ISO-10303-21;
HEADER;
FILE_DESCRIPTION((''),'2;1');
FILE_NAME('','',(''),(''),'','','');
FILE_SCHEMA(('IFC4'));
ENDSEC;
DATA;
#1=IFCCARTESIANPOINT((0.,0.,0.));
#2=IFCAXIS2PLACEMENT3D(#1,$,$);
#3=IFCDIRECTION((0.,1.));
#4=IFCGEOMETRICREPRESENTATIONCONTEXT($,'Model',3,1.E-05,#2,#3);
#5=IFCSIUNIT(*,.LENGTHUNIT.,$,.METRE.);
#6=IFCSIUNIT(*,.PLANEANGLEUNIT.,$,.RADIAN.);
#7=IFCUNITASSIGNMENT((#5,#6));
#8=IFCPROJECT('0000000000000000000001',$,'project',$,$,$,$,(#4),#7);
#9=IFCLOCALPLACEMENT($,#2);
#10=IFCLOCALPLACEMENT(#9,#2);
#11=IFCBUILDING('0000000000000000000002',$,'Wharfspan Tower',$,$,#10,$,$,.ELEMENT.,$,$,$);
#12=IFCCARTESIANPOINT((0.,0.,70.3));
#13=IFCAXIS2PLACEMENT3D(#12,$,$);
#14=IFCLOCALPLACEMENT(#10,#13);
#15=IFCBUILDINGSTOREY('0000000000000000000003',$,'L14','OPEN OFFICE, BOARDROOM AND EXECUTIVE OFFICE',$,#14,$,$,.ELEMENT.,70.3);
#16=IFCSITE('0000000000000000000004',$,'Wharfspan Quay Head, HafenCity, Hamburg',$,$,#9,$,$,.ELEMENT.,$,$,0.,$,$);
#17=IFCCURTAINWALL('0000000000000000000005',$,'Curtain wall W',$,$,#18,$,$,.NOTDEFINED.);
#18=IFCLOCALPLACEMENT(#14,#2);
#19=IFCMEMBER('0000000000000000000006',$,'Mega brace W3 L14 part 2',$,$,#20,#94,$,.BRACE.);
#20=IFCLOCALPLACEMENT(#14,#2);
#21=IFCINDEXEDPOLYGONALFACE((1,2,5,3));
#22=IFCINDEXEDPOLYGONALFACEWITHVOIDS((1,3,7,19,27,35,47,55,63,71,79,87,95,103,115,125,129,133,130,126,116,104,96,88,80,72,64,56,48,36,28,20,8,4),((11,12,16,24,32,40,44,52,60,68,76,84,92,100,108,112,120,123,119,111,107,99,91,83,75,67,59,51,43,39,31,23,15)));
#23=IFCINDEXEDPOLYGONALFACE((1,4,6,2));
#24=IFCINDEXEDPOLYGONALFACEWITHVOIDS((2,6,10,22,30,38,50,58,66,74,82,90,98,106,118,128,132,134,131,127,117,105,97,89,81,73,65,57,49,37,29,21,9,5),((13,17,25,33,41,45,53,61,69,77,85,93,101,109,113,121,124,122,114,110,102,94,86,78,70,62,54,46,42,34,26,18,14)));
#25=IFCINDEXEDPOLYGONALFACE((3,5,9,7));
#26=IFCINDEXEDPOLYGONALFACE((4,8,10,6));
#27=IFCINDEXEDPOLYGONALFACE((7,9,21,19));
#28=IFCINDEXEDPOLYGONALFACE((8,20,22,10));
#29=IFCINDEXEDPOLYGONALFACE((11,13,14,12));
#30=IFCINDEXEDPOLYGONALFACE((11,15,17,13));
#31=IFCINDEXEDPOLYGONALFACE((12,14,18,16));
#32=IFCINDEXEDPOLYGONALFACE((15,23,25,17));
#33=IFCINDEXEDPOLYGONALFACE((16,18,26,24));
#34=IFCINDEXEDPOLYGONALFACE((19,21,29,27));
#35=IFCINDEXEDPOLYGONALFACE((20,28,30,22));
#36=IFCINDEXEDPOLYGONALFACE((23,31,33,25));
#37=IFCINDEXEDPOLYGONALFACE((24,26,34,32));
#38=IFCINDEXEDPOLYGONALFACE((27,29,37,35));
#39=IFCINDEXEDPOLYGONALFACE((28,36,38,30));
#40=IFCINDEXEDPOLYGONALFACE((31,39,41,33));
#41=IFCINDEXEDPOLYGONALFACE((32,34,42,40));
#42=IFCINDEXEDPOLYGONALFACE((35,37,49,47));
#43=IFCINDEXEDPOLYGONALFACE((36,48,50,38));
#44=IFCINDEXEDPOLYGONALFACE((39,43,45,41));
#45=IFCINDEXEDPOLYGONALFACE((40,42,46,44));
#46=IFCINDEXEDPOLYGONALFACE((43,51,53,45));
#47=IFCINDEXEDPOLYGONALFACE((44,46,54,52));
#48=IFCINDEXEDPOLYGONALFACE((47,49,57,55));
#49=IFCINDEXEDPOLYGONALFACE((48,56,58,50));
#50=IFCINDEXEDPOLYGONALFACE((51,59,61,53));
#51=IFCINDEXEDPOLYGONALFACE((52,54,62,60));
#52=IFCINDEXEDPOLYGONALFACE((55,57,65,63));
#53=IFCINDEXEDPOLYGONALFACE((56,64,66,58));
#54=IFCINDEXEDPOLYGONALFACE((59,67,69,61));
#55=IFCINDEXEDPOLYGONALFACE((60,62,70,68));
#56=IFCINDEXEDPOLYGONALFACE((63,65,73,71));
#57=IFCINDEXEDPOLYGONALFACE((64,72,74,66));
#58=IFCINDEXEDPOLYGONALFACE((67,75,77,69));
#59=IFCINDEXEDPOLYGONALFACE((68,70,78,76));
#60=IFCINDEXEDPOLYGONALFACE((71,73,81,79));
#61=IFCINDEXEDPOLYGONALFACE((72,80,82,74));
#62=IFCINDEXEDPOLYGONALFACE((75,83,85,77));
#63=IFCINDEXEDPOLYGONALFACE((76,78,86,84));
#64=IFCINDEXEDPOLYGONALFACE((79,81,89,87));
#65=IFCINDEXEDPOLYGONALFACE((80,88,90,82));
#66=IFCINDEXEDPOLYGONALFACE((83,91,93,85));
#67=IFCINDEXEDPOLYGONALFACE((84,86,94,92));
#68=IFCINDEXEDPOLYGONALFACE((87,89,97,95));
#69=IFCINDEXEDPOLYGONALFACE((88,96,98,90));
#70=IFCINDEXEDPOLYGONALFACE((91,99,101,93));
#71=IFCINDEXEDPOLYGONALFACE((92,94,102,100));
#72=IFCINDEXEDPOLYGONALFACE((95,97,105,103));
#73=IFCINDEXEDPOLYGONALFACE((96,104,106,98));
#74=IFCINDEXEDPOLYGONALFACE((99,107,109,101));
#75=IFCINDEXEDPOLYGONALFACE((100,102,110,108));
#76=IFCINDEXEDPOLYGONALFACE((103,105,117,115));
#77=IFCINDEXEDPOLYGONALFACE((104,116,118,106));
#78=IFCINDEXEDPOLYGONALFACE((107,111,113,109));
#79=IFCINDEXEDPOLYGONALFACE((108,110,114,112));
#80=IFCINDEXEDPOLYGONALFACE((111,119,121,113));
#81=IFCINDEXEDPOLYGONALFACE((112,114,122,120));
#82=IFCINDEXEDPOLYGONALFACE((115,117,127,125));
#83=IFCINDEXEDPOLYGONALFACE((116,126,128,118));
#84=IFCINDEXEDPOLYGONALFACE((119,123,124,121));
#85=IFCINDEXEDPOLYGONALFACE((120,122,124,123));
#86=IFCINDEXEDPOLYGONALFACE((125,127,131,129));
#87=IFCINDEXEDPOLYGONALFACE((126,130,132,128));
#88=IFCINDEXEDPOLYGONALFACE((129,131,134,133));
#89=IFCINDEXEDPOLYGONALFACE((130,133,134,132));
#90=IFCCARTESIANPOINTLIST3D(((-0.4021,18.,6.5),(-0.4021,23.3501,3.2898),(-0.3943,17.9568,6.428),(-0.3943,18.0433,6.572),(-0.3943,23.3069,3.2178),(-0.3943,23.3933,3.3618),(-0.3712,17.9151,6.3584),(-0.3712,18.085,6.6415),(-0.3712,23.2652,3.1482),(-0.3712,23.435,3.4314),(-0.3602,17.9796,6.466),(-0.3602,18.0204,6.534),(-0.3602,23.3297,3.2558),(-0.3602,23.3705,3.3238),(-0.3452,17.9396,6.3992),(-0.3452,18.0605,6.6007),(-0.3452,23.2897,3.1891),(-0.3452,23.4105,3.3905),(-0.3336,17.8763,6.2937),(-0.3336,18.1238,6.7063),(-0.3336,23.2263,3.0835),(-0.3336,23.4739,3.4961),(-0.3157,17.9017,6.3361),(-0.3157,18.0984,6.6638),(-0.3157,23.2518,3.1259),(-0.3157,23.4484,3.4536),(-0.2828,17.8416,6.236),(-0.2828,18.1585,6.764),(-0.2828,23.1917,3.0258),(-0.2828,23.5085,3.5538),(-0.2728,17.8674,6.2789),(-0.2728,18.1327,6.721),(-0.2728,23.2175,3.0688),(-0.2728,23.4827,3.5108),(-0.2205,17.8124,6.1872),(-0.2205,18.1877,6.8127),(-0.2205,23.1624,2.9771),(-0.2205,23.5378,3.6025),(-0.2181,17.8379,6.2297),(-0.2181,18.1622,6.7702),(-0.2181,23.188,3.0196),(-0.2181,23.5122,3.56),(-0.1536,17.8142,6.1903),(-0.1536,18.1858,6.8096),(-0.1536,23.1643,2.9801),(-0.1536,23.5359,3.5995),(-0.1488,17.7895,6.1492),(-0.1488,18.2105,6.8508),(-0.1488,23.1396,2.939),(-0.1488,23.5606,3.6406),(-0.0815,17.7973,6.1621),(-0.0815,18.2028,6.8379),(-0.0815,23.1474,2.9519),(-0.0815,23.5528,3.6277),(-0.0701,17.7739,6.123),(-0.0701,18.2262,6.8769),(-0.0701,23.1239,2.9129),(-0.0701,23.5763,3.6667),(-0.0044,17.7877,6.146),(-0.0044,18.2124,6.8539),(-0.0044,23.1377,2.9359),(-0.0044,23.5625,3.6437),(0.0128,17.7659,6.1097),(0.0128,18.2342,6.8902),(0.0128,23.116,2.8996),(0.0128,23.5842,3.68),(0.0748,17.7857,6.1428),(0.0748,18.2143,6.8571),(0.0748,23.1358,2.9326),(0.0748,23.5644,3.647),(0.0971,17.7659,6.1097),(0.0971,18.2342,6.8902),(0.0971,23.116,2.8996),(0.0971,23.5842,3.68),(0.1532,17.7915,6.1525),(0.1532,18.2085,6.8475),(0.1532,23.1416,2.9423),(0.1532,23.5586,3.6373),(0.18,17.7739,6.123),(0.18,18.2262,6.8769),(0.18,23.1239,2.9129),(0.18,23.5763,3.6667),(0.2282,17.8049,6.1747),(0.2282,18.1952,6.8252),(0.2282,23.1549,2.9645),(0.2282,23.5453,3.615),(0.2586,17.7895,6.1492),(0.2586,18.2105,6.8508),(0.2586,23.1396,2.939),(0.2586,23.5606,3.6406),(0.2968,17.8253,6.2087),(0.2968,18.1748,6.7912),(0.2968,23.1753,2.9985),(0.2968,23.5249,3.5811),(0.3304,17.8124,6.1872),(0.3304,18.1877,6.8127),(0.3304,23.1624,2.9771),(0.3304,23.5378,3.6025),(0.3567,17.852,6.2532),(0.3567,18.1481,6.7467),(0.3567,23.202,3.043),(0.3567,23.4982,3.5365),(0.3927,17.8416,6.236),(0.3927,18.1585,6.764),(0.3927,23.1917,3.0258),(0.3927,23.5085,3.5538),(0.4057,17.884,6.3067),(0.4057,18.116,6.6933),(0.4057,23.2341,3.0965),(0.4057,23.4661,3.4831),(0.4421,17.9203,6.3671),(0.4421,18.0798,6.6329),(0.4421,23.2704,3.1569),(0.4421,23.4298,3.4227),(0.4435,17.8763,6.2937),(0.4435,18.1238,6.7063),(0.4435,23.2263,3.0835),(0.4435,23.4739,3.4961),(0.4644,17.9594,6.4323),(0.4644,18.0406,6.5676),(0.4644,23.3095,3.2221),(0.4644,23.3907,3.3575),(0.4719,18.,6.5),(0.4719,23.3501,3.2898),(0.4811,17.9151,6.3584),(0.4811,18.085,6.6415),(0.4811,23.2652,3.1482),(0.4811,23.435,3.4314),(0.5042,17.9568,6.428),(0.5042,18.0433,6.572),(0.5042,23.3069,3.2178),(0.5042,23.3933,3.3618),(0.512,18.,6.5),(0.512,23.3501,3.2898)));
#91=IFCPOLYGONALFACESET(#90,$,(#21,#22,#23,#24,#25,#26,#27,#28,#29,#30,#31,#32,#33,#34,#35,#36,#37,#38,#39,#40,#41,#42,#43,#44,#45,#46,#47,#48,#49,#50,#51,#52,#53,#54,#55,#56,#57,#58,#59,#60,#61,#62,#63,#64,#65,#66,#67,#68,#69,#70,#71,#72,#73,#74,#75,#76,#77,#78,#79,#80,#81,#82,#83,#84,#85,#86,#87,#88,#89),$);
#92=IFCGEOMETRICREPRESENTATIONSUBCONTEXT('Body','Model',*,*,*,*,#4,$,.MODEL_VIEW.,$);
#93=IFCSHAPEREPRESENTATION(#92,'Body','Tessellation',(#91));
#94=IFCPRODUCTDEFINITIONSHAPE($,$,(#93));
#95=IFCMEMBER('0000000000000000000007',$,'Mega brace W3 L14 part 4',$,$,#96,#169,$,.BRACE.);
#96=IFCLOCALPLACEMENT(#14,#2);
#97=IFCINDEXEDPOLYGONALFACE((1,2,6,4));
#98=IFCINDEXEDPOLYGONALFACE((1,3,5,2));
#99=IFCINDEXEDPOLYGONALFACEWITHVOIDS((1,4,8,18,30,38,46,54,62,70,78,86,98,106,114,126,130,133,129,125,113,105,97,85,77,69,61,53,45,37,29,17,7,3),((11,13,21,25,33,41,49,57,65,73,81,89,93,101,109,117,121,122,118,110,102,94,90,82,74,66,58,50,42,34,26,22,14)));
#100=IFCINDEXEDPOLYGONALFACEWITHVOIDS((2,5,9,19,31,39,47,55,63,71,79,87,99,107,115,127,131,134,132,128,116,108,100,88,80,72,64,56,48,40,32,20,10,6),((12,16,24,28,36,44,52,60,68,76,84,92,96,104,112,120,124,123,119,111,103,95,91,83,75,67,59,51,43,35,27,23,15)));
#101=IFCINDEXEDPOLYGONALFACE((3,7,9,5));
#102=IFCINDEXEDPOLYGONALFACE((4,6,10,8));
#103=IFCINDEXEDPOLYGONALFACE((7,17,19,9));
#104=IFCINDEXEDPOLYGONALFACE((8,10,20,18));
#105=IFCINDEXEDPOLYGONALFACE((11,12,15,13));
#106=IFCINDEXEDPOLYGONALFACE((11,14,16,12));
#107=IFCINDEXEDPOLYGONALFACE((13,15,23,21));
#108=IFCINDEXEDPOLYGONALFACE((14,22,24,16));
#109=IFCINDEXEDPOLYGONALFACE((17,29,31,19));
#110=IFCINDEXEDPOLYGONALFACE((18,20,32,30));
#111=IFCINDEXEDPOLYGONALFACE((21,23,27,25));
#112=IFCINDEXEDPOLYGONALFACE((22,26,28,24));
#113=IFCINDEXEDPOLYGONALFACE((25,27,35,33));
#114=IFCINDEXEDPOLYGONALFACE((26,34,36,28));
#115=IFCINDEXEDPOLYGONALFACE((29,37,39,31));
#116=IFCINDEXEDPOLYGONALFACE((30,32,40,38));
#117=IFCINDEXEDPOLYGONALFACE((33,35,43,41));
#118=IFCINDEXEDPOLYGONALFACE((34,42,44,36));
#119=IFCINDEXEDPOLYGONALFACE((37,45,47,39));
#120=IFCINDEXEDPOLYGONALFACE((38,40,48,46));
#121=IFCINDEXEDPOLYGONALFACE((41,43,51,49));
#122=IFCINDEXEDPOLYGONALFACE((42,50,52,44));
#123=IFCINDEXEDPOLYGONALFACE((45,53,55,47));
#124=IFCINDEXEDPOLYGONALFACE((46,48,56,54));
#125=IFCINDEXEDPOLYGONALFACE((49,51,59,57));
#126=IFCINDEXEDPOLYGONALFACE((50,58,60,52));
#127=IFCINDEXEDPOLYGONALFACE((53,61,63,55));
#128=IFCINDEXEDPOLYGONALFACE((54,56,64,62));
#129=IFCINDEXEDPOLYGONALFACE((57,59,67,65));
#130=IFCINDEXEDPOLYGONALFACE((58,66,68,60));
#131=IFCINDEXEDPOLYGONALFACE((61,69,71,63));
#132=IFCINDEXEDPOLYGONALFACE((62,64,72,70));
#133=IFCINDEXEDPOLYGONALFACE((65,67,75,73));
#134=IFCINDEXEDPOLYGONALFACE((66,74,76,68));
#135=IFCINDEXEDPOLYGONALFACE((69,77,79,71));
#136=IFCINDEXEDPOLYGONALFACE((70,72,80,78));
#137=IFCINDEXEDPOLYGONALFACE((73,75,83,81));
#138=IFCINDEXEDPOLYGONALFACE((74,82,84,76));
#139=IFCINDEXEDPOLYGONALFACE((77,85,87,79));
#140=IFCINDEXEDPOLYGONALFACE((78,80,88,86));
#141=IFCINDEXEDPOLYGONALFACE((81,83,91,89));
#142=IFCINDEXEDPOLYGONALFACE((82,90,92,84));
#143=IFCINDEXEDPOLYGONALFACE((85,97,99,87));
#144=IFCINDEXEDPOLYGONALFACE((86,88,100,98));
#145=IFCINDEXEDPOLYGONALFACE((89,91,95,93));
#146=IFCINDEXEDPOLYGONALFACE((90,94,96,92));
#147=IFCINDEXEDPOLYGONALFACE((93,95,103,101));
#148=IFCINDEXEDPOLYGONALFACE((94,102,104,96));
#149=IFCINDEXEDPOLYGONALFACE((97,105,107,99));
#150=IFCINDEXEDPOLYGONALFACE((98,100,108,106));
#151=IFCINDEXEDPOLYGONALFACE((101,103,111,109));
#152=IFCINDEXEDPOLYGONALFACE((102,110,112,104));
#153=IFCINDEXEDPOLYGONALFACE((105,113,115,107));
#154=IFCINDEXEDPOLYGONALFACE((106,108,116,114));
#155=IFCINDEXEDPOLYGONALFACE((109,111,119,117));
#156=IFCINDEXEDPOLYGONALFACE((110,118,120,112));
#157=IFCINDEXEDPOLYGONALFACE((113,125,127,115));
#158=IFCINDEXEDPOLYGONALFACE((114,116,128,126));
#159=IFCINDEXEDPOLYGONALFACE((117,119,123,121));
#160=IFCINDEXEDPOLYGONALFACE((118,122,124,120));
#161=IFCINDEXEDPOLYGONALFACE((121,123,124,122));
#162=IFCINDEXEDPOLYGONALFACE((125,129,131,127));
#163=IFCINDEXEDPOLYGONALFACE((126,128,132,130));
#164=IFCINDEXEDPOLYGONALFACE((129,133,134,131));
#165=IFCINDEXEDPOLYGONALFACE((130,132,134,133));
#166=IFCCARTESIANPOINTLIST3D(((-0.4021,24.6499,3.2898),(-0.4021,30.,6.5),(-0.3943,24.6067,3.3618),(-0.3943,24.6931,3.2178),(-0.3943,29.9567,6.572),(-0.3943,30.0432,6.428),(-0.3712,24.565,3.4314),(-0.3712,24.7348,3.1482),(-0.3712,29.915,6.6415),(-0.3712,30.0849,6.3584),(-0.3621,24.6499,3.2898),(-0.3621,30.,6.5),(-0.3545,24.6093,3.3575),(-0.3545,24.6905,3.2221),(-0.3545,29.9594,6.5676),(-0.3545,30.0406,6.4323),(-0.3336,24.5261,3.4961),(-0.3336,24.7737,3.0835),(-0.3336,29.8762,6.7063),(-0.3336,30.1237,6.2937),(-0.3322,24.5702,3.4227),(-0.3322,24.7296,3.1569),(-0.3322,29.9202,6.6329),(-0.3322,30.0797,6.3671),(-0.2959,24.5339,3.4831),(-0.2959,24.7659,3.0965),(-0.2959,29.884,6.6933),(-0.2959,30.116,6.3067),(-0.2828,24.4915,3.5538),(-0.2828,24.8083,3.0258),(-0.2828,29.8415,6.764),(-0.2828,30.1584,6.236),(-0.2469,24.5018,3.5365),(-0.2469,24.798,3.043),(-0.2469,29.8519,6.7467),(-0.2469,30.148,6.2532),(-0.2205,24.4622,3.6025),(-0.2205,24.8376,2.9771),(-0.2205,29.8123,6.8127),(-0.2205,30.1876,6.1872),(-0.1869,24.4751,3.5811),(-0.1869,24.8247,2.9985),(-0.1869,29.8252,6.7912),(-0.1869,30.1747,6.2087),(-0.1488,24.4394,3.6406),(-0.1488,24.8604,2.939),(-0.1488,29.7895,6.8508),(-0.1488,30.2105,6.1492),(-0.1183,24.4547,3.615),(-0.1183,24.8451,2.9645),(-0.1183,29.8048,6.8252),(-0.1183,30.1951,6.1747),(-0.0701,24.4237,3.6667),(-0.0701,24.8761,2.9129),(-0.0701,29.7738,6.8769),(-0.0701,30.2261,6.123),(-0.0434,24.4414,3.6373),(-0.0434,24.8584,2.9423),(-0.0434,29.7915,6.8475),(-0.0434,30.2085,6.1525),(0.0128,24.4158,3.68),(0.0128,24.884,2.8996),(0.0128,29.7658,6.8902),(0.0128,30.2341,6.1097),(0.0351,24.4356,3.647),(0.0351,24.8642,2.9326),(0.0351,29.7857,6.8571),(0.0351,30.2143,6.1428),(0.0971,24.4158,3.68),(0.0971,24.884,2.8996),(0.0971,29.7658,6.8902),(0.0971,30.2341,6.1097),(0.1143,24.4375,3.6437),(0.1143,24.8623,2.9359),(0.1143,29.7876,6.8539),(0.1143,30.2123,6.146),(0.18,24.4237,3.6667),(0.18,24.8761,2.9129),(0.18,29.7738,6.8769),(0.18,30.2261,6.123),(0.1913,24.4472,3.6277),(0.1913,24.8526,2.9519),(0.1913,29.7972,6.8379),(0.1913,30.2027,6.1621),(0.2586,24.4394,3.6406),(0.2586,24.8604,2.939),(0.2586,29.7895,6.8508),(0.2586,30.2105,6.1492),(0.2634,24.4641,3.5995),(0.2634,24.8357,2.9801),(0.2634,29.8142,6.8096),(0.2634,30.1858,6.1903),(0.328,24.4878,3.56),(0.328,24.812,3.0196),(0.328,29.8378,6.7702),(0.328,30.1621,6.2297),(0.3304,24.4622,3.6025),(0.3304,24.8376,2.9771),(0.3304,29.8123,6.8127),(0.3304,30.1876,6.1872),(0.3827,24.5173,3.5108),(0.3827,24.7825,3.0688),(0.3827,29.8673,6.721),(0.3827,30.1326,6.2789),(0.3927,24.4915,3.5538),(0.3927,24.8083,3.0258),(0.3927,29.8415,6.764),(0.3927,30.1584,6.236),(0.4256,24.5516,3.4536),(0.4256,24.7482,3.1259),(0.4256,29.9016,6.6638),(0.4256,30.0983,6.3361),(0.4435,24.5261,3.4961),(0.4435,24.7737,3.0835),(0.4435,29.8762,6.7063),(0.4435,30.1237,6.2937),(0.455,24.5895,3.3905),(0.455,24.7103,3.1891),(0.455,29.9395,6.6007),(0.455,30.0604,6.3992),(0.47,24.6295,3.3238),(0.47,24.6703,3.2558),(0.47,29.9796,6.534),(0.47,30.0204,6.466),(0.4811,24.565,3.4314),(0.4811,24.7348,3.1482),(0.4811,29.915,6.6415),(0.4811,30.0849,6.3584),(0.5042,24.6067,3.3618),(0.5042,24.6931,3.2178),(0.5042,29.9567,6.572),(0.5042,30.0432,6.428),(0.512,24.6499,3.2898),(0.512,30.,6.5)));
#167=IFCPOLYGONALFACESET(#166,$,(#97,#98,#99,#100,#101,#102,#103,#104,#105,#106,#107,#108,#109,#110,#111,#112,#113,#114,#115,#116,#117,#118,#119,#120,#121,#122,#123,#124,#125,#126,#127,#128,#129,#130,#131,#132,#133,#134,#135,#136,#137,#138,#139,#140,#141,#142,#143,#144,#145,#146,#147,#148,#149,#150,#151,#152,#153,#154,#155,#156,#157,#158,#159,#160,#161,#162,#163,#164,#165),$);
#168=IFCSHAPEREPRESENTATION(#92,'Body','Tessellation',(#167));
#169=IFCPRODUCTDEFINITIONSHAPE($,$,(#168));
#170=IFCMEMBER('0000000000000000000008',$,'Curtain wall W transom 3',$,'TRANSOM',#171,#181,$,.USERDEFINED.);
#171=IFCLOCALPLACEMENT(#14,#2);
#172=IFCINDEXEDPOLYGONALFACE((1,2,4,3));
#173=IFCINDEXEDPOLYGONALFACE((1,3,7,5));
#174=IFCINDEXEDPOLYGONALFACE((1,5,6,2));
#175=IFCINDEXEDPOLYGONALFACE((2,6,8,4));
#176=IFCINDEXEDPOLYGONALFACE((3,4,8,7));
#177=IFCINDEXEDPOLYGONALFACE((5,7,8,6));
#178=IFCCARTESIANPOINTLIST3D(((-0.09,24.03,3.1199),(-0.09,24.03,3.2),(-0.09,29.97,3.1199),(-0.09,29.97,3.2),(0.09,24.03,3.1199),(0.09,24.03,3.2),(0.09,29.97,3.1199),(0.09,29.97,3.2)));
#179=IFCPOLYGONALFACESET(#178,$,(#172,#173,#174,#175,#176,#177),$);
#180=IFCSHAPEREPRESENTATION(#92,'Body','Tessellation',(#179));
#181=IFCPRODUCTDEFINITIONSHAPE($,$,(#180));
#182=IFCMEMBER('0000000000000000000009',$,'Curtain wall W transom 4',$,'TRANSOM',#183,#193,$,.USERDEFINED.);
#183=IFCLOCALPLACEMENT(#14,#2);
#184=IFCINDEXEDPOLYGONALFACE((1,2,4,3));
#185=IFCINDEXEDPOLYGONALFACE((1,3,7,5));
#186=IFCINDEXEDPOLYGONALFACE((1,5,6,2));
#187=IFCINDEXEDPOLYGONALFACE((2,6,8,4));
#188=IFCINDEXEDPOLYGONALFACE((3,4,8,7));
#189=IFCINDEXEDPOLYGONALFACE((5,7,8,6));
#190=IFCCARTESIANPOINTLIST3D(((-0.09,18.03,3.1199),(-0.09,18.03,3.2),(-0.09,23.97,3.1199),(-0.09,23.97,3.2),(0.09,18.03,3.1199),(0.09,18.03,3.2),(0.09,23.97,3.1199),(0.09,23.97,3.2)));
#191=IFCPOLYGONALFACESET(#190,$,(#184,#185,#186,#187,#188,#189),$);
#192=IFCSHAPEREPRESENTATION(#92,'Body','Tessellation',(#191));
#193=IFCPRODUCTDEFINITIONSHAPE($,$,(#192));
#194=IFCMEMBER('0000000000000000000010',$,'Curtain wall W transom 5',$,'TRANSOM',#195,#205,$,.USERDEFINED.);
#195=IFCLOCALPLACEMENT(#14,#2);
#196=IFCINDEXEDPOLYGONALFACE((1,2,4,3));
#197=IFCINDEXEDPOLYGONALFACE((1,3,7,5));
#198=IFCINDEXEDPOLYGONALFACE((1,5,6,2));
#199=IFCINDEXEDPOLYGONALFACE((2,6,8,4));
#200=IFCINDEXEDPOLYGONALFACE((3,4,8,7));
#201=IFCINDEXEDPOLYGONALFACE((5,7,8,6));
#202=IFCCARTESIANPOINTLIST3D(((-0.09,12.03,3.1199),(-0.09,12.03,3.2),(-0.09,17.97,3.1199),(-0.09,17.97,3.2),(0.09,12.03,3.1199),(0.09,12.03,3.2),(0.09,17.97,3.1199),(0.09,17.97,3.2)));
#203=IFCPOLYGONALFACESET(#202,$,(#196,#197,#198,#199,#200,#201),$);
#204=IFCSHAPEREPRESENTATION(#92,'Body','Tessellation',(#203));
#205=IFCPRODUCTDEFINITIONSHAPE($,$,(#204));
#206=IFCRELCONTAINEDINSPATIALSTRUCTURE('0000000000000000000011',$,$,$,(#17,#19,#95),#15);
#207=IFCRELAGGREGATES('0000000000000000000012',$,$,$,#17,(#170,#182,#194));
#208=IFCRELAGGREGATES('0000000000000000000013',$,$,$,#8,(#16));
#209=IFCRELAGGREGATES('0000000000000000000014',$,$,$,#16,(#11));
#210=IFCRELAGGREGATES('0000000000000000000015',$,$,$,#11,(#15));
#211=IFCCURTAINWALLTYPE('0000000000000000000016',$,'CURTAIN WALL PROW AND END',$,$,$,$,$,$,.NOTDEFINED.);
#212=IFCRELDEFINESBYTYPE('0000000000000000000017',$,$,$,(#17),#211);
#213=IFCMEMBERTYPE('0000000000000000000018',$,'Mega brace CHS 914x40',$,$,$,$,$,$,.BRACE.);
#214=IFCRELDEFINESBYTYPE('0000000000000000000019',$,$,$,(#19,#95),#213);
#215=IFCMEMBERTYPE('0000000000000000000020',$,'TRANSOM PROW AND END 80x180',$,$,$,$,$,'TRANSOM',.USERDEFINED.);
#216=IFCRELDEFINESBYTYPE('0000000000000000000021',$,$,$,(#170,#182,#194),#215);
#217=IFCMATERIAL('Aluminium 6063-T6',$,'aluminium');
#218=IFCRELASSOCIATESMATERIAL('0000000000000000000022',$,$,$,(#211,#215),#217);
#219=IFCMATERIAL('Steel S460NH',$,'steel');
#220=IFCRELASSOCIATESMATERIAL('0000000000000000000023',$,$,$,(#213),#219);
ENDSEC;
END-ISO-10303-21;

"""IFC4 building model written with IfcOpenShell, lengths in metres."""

from ifc_helpers import new_model, si_unit, direction, frame, origin, origin_2d, place, context, subcontext, project, spatial, rectangle, hollow_circle, extrude, material, material_profile, profile_set, type_object, element, aggregate, save


model = new_model("IFC4")

# Units and contexts
model_context = context("Model", 3, precision=1e-05, world=origin(), true_north=direction((0.0, 1.0)))
body_context = subcontext(model_context, "Body", "Model", "MODEL_VIEW")
ifc_project = project(units=[si_unit("LENGTHUNIT", "METRE"), si_unit("PLANEANGLEUNIT", "RADIAN")], contexts=[model_context])

# Site, building, storey
site_placement = place(None, origin())
site = spatial("IfcSite", under=ifc_project, at=site_placement, Name="Wharfspan Quay Head, HafenCity, Hamburg", CompositionType="ELEMENT", RefElevation=0.0)
building_placement = place(site_placement, origin())
building = spatial("IfcBuilding", under=site, at=building_placement, Name="Wharfspan Tower", CompositionType="ELEMENT")
storey_placement = place(building_placement, frame((0.0, 0.0, 70.3)))
storey = spatial("IfcBuildingStorey", under=building, at=storey_placement, Name="L14", Description="OPEN OFFICE, BOARDROOM AND EXECUTIVE OFFICE", CompositionType="ELEMENT", Elevation=70.3)

# Curtain wall
ifc_material_1 = material(Name="Aluminium 6063-T6", Category="aluminium")
curtain_wall_type = type_object("IfcCurtainWallType", Name="CURTAIN WALL PROW AND END", PredefinedType="NOTDEFINED", material=ifc_material_1)
curtain_wall_placement = place(storey_placement, origin())
curtain_wall = element("IfcCurtainWall", 1, at=curtain_wall_placement, inside=storey, type_object=curtain_wall_type, Name="Curtain wall W", PredefinedType="NOTDEFINED")

# Members
ifc_material_2 = material(Name="Steel S460NH", Category="steel")
ifc_material_profile_1 = material_profile(ifc_material_2, hollow_circle(Radius=0.457, WallThickness=0.04, at=origin_2d()))
ifc_profile_set_1 = profile_set([ifc_material_profile_1], Name="Steel S460NH")
member_type_1 = type_object("IfcMemberType", Name="Mega brace CHS 914x40", PredefinedType="BRACE", material=ifc_profile_set_1)
for number, where, z_axis, x_axis, name in (
    (2, (0.0549, 23.3501, 3.2898), (0.0, -0.857483, 0.514513), (1.0, 0.0, 0.0), "Mega brace W3 L14 part 2"),
    (3, (0.0549, 24.6499, 3.2898), (0.0, 0.857483, 0.514513), (-1.0, 0.0, 0.0), "Mega brace W3 L14 part 4"),
):
    element("IfcMember", number, at=place(storey_placement, frame(where, z_axis=z_axis, x_axis=x_axis)), inside=storey, type_object=member_type_1, Name=name, PredefinedType="BRACE", context=body_context, shape_type="SweptSolid", body=[
        extrude(hollow_circle(Radius=0.457, WallThickness=0.04, at=origin_2d()), origin(), (0.0, 0.0, 1.0), 6.2393),
    ])

# Members
ifc_material_profile_2 = material_profile(ifc_material_1, rectangle(XDim=0.1799, YDim=0.0801, at=origin_2d()))
ifc_profile_set_2 = profile_set([ifc_material_profile_2], Name="Aluminium 6063-T6")
member_type_2 = type_object("IfcMemberType", Name="TRANSOM PROW AND END 80x180", ElementType="TRANSOM", PredefinedType="USERDEFINED", material=ifc_profile_set_2)
member_1_placement = place(storey_placement, frame((0.0, 29.97, 3.1599), z_axis=(0.0, -1.0, 0.0), x_axis=(1.0, 0.0, 0.0)))
member_1 = element("IfcMember", 4, at=member_1_placement, type_object=member_type_2, Name="Curtain wall W transom 3", ObjectType="TRANSOM", PredefinedType="USERDEFINED", context=body_context, shape_type="SweptSolid", body=[
    extrude(rectangle(XDim=0.1799, YDim=0.0801, at=origin_2d()), origin(), (0.0, 0.0, 1.0), 5.9399),
])
member_2_placement = place(storey_placement, frame((0.0, 23.97, 3.1599), z_axis=(0.0, -1.0, 0.0), x_axis=(1.0, 0.0, 0.0)))
member_2 = element("IfcMember", 5, at=member_2_placement, type_object=member_type_2, Name="Curtain wall W transom 4", ObjectType="TRANSOM", PredefinedType="USERDEFINED", context=body_context, shape_type="SweptSolid", body=[
    extrude(rectangle(XDim=0.1799, YDim=0.0801, at=origin_2d()), origin(), (0.0, 0.0, 1.0), 5.9399),
])
member_3_placement = place(storey_placement, frame((0.0, 17.97, 3.1599), z_axis=(0.0, -1.0, 0.0), x_axis=(1.0, 0.0, 0.0)))
member_3 = element("IfcMember", 6, at=member_3_placement, type_object=member_type_2, Name="Curtain wall W transom 5", ObjectType="TRANSOM", PredefinedType="USERDEFINED", context=body_context, shape_type="SweptSolid", body=[
    extrude(rectangle(XDim=0.1799, YDim=0.0801, at=origin_2d()), origin(), (0.0, 0.0, 1.0), 5.9399),
])

aggregate(curtain_wall, [member_1, member_2, member_3])

save(model, "model.ifc")
